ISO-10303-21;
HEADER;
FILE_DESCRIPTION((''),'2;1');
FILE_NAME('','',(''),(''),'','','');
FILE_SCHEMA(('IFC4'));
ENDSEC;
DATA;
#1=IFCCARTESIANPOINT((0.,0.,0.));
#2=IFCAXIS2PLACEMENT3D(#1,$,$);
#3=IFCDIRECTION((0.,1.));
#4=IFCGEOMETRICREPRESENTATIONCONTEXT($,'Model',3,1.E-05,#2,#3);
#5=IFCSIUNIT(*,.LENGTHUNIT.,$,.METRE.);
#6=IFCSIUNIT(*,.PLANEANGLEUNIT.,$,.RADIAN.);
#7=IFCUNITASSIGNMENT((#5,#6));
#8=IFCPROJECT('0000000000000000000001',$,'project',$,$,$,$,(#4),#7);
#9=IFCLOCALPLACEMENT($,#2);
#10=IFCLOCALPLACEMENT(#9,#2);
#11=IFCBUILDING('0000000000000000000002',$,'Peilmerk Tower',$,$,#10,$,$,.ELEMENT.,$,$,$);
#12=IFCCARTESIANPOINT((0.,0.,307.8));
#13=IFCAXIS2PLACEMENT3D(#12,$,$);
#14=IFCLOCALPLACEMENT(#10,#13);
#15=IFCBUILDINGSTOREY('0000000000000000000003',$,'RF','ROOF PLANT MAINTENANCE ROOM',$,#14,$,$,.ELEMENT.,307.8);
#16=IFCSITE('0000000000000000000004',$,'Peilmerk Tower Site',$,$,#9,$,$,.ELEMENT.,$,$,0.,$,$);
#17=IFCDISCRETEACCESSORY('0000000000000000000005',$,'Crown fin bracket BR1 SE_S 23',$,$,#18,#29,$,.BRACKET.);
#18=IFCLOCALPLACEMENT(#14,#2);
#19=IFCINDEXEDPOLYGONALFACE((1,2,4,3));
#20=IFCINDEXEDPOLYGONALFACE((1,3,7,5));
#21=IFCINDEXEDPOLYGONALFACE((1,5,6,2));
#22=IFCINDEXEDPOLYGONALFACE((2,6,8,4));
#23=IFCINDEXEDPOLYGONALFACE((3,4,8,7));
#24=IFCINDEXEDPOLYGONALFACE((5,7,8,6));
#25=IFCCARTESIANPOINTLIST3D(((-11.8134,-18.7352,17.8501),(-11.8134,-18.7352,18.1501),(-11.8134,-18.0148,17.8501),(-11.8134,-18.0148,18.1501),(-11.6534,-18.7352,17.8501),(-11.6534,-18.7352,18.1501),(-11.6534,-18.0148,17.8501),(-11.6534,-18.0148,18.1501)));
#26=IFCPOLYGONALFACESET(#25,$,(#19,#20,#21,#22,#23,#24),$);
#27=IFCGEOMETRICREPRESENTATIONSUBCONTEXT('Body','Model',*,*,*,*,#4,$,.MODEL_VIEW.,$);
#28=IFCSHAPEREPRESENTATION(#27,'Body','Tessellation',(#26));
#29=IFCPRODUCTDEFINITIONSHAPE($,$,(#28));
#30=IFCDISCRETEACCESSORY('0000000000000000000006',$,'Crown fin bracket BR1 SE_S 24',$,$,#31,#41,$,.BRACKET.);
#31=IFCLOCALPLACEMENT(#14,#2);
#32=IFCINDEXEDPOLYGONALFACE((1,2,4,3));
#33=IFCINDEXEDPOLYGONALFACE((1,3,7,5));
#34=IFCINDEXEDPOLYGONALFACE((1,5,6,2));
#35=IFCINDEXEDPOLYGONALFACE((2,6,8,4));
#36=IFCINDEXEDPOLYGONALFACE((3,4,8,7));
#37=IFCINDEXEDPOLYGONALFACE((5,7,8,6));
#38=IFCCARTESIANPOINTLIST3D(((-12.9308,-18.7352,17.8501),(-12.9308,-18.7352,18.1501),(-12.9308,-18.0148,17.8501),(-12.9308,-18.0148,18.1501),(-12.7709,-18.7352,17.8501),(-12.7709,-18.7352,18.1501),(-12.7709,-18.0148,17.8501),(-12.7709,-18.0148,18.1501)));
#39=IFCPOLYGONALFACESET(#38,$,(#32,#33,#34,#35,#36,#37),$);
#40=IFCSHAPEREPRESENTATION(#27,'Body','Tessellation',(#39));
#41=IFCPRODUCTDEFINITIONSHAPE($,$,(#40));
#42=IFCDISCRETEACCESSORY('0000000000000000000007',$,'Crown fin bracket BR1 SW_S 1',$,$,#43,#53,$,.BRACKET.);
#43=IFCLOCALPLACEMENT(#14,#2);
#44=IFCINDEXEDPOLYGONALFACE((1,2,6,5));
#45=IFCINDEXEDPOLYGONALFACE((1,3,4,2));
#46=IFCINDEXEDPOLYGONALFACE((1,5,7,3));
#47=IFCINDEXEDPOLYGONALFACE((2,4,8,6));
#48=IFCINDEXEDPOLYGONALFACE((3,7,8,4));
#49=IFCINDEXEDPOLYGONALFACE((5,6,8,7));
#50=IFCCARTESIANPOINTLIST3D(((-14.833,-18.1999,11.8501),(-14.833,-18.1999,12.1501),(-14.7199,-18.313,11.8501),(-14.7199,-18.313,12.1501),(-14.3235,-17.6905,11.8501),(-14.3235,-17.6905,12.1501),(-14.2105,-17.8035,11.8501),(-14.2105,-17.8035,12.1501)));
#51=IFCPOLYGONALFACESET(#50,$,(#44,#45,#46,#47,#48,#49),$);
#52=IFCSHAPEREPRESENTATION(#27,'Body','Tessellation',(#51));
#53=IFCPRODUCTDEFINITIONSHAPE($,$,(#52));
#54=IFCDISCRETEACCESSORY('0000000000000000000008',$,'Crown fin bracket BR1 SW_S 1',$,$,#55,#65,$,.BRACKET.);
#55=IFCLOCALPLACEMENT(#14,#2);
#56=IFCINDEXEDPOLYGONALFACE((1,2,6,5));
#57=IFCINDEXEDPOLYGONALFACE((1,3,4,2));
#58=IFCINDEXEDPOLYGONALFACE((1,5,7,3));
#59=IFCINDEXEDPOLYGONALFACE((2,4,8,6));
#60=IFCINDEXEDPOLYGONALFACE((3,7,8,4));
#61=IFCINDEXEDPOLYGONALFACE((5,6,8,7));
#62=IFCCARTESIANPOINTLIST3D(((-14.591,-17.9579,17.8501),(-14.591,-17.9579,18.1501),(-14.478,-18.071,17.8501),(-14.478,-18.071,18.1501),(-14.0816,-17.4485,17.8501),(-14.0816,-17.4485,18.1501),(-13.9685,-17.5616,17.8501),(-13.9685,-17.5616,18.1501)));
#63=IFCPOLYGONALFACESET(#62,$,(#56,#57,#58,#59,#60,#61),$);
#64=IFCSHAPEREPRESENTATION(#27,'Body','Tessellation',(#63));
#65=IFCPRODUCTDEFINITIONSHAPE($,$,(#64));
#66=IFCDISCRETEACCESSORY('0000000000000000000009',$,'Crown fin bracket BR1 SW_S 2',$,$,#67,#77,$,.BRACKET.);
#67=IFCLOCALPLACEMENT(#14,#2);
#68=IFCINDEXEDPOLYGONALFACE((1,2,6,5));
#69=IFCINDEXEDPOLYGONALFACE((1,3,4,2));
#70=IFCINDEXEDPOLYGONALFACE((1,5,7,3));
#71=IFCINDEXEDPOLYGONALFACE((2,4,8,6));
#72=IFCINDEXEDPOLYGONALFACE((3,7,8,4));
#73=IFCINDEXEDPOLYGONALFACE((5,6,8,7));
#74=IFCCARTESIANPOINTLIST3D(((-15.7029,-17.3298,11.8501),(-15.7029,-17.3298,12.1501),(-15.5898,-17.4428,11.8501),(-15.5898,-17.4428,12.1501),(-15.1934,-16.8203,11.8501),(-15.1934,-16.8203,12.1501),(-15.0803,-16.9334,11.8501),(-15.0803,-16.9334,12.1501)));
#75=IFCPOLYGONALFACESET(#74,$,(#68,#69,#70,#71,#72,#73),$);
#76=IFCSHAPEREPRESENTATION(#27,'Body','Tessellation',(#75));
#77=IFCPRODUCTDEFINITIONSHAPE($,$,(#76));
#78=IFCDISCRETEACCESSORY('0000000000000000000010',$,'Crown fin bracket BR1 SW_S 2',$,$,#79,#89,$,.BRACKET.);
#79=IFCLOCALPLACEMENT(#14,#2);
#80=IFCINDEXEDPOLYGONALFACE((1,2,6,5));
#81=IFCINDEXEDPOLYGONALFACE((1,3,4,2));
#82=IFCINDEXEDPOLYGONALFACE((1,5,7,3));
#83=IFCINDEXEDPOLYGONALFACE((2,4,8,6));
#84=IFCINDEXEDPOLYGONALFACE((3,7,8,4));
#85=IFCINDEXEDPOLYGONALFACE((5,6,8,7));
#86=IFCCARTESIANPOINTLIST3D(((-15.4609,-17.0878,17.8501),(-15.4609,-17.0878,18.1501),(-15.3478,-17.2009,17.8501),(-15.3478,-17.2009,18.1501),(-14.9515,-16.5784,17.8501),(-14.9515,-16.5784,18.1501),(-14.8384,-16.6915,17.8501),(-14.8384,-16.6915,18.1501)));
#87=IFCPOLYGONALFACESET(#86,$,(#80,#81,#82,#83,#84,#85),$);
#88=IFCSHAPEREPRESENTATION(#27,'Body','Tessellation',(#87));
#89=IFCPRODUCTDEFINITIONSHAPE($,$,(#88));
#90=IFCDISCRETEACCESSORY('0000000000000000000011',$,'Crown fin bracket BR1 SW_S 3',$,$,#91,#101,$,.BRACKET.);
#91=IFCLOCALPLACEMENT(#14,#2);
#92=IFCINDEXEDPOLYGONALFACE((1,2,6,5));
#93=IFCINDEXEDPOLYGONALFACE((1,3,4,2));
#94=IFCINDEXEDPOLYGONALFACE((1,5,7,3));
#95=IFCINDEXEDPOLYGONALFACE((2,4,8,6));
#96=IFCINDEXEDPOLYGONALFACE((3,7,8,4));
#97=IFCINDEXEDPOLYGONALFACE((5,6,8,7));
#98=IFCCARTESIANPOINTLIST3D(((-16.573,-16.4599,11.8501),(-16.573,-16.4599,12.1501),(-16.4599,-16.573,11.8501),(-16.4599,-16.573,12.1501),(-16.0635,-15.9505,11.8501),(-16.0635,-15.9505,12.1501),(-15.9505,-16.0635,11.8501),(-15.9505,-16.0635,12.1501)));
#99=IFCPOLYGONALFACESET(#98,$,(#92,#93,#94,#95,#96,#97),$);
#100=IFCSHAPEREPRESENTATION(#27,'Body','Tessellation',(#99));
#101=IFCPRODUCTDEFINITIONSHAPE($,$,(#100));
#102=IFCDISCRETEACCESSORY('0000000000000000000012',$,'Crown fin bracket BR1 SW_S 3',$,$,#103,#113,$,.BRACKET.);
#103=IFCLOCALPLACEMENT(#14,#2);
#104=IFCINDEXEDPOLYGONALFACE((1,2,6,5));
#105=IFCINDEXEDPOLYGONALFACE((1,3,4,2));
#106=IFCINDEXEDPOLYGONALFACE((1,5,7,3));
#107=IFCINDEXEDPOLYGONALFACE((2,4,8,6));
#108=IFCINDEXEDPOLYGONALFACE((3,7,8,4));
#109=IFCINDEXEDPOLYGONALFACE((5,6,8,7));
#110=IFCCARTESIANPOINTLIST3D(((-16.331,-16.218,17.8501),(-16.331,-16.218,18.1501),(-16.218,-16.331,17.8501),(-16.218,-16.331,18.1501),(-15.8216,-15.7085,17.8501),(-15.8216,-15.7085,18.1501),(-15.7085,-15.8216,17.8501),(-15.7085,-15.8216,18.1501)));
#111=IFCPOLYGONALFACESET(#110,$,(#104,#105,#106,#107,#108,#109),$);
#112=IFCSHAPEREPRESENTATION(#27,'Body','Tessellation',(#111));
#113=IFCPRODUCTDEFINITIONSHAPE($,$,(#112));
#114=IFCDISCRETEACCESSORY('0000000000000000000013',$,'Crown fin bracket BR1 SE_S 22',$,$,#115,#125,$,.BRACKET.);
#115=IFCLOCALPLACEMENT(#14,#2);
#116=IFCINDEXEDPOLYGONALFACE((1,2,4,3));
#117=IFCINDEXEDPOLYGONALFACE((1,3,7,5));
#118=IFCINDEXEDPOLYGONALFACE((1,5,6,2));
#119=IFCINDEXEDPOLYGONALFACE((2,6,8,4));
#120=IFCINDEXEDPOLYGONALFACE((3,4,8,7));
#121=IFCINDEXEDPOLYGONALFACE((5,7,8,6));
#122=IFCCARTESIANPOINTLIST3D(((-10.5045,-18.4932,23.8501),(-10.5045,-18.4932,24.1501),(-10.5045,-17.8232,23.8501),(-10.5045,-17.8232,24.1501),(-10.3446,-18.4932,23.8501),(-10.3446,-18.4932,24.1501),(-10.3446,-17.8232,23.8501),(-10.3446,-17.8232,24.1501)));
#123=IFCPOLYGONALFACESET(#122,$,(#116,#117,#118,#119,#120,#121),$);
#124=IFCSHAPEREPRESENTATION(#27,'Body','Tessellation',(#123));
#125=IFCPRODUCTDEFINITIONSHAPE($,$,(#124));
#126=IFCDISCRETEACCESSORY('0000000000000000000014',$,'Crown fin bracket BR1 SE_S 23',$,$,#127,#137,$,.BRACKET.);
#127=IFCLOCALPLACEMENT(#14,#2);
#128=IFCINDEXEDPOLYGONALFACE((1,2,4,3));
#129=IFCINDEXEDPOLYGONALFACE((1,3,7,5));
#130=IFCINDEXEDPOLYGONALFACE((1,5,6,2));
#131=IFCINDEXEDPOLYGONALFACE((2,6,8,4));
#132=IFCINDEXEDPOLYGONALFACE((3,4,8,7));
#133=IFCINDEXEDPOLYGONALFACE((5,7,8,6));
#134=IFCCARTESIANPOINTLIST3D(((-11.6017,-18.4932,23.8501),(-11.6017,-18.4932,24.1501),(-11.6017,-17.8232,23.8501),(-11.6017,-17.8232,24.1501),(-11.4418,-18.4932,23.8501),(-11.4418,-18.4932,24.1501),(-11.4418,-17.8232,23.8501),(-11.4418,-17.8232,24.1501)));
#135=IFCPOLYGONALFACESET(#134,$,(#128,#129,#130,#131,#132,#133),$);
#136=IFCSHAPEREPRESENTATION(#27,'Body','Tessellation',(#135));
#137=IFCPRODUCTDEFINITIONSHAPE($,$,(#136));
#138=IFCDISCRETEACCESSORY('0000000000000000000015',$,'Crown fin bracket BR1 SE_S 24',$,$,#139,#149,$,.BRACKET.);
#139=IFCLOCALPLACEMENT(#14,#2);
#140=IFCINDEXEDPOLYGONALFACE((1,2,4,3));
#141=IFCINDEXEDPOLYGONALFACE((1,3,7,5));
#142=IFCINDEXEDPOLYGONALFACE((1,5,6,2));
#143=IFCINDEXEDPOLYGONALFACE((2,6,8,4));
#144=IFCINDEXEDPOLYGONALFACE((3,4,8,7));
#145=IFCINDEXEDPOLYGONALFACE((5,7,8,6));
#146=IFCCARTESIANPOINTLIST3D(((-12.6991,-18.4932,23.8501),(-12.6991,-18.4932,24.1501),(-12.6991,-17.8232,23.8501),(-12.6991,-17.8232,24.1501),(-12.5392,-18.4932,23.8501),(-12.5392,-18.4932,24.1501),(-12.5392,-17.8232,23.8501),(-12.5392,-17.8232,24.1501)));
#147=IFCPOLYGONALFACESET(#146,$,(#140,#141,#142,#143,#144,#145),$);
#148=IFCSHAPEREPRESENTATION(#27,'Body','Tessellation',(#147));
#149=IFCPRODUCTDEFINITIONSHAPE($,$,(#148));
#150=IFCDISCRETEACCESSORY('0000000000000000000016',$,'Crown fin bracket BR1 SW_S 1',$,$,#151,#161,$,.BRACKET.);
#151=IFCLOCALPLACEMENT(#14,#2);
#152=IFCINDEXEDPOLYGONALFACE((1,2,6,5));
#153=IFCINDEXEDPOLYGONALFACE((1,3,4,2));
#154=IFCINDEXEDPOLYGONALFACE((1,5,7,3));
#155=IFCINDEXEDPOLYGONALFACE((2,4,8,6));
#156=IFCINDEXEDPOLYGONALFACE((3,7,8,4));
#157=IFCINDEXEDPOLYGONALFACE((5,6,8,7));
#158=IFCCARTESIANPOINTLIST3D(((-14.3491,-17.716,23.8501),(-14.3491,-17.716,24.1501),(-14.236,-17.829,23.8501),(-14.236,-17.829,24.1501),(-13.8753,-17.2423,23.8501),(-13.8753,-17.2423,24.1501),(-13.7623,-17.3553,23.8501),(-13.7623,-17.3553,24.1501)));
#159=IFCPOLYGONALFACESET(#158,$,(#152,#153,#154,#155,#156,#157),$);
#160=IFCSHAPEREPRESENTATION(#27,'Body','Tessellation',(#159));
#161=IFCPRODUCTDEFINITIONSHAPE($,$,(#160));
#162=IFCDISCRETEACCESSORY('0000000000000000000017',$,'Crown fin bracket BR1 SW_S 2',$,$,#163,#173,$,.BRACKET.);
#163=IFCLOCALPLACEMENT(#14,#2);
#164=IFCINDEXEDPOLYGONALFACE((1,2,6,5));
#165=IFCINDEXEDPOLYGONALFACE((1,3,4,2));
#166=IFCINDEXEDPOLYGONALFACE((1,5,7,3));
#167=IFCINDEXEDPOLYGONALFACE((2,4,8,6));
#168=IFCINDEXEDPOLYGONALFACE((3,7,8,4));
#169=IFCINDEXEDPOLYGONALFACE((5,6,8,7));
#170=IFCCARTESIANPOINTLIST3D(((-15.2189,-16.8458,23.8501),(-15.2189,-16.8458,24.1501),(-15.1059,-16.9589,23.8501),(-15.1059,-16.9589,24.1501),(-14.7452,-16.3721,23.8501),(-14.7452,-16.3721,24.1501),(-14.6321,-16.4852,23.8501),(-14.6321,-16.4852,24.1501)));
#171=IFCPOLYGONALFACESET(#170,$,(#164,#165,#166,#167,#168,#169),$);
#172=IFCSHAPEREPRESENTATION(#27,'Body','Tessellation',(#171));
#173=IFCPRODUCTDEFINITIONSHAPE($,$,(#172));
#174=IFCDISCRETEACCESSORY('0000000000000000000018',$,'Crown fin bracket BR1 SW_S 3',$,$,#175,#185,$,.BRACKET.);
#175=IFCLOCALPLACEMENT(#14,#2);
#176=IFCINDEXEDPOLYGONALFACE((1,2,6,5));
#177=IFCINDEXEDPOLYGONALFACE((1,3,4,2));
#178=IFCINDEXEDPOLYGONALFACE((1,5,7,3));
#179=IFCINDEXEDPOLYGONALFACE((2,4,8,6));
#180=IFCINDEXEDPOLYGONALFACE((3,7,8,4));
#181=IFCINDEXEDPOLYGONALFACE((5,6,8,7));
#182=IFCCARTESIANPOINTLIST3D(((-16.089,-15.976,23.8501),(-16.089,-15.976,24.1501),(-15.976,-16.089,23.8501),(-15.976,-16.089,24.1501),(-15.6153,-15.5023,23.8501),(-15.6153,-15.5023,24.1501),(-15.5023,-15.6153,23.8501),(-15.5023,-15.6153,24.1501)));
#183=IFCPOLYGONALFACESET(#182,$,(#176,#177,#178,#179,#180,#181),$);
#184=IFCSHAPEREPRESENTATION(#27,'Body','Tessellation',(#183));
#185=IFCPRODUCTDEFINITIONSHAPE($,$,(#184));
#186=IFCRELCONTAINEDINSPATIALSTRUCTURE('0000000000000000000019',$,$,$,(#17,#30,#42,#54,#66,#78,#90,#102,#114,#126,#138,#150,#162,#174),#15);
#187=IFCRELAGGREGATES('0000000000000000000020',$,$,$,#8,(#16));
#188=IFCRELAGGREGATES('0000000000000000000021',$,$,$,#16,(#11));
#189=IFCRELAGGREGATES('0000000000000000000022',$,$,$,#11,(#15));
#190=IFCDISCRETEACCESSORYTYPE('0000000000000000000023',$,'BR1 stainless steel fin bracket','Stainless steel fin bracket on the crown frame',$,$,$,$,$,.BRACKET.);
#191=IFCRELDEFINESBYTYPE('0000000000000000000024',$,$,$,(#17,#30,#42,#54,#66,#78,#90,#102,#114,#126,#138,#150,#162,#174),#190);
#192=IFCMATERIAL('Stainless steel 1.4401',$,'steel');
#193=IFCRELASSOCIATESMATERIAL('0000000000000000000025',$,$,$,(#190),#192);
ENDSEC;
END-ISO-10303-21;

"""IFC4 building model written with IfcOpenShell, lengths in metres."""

from ifc_helpers import new_model, si_unit, direction, frame, origin, origin_2d, place, context, subcontext, project, spatial, rectangle, extrude, source, transform, mapped, material, type_object, element, save


model = new_model("IFC4")

# Units and contexts
model_context = context("Model", 3, precision=1e-05, world=origin(), true_north=direction((0.0, 1.0)))
body_context = subcontext(model_context, "Body", "Model", "MODEL_VIEW")
ifc_project = project(units=[si_unit("LENGTHUNIT", "METRE"), si_unit("PLANEANGLEUNIT", "RADIAN")], contexts=[model_context])

# Site, building, storey
site_placement = place(None, origin())
site = spatial("IfcSite", under=ifc_project, at=site_placement, Name="Peilmerk Tower Site", CompositionType="ELEMENT", RefElevation=0.0)
building_placement = place(site_placement, origin())
building = spatial("IfcBuilding", under=site, at=building_placement, Name="Peilmerk Tower", CompositionType="ELEMENT")
storey_placement = place(building_placement, frame((0.0, 0.0, 307.8)))
storey = spatial("IfcBuildingStorey", under=building, at=storey_placement, Name="RF", Description="ROOF PLANT MAINTENANCE ROOM", CompositionType="ELEMENT", Elevation=307.8)

# Discrete accessories
ifc_material_1 = material(Name="Stainless steel 1.4401", Category="steel")
discrete_accessory_type = type_object("IfcDiscreteAccessoryType", Name="BR1 stainless steel fin bracket", Description="Stainless steel fin bracket on the crown frame", PredefinedType="BRACKET", material=ifc_material_1)
shared_shape_1 = source(origin(), body_context, "Body", "SweptSolid", [
    extrude(rectangle(XDim=0.7205, YDim=0.1599, at=origin_2d()), origin(), (0.0, 0.0, 1.0), 0.3),
])
for number, where, z_axis, x_axis, name in (
    (1, (-11.7334, -18.375, 17.8501), (0.0, 0.0, 1.0), (0.0, -1.0, 0.0), "Crown fin bracket BR1 SE_S 23"),
    (2, (-12.8508, -18.375, 17.8501), (0.0, 0.0, 1.0), (0.0, -1.0, 0.0), "Crown fin bracket BR1 SE_S 24"),
    (3, (-14.5217, -18.0017, 11.8501), (0.0, 0.0, 1.0), (-0.707107, -0.707107, 0.0), "Crown fin bracket BR1 SW_S 1"),
    (4, (-14.2798, -17.7598, 17.8501), (0.0, 0.0, 1.0), (-0.707107, -0.707107, 0.0), "Crown fin bracket BR1 SW_S 1"),
    (5, (-15.3916, -17.1316, 11.8501), (0.0, 0.0, 1.0), (-0.707107, -0.707107, 0.0), "Crown fin bracket BR1 SW_S 2"),
    (6, (-15.1497, -16.8896, 17.8501), (0.0, 0.0, 1.0), (-0.707107, -0.707107, 0.0), "Crown fin bracket BR1 SW_S 2"),
    (7, (-16.2617, -16.2617, 11.8501), (0.0, 0.0, 1.0), (-0.707107, -0.707107, 0.0), "Crown fin bracket BR1 SW_S 3"),
    (8, (-16.0198, -16.0198, 17.8501), (0.0, 0.0, 1.0), (-0.707107, -0.707107, 0.0), "Crown fin bracket BR1 SW_S 3"),
):
    element("IfcDiscreteAccessory", number, at=place(storey_placement, frame(where, z_axis=z_axis, x_axis=x_axis)), inside=storey, type_object=discrete_accessory_type, Name=name, PredefinedType="BRACKET", context=body_context, shape_type="MappedRepresentation", body=[
        mapped(shared_shape_1, transform((0.0, 0.0, 0.0), scale=1.0)),
    ])
shared_shape_2 = source(origin(), body_context, "Body", "SweptSolid", [
    extrude(rectangle(XDim=0.6699, YDim=0.1599, at=origin_2d()), origin(), (0.0, 0.0, 1.0), 0.3),
])
for number, where, z_axis, x_axis, name in (
    (9, (-10.4246, -18.1582, 23.8501), (0.0, 0.0, 1.0), (0.0, -1.0, 0.0), "Crown fin bracket BR1 SE_S 22"),
    (10, (-11.5217, -18.1582, 23.8501), (0.0, 0.0, 1.0), (0.0, -1.0, 0.0), "Crown fin bracket BR1 SE_S 23"),
    (11, (-12.6191, -18.1582, 23.8501), (0.0, 0.0, 1.0), (0.0, -1.0, 0.0), "Crown fin bracket BR1 SE_S 24"),
    (12, (-14.0557, -17.5356, 23.8501), (0.0, 0.0, 1.0), (-0.707107, -0.707107, 0.0), "Crown fin bracket BR1 SW_S 1"),
    (13, (-14.9255, -16.6655, 23.8501), (0.0, 0.0, 1.0), (-0.707107, -0.707107, 0.0), "Crown fin bracket BR1 SW_S 2"),
    (14, (-15.7957, -15.7957, 23.8501), (0.0, 0.0, 1.0), (-0.707107, -0.707107, 0.0), "Crown fin bracket BR1 SW_S 3"),
):
    element("IfcDiscreteAccessory", number, at=place(storey_placement, frame(where, z_axis=z_axis, x_axis=x_axis)), inside=storey, type_object=discrete_accessory_type, Name=name, PredefinedType="BRACKET", context=body_context, shape_type="MappedRepresentation", body=[
        mapped(shared_shape_2, transform((0.0, 0.0, 0.0), scale=1.0)),
    ])

save(model, "model.ifc")
